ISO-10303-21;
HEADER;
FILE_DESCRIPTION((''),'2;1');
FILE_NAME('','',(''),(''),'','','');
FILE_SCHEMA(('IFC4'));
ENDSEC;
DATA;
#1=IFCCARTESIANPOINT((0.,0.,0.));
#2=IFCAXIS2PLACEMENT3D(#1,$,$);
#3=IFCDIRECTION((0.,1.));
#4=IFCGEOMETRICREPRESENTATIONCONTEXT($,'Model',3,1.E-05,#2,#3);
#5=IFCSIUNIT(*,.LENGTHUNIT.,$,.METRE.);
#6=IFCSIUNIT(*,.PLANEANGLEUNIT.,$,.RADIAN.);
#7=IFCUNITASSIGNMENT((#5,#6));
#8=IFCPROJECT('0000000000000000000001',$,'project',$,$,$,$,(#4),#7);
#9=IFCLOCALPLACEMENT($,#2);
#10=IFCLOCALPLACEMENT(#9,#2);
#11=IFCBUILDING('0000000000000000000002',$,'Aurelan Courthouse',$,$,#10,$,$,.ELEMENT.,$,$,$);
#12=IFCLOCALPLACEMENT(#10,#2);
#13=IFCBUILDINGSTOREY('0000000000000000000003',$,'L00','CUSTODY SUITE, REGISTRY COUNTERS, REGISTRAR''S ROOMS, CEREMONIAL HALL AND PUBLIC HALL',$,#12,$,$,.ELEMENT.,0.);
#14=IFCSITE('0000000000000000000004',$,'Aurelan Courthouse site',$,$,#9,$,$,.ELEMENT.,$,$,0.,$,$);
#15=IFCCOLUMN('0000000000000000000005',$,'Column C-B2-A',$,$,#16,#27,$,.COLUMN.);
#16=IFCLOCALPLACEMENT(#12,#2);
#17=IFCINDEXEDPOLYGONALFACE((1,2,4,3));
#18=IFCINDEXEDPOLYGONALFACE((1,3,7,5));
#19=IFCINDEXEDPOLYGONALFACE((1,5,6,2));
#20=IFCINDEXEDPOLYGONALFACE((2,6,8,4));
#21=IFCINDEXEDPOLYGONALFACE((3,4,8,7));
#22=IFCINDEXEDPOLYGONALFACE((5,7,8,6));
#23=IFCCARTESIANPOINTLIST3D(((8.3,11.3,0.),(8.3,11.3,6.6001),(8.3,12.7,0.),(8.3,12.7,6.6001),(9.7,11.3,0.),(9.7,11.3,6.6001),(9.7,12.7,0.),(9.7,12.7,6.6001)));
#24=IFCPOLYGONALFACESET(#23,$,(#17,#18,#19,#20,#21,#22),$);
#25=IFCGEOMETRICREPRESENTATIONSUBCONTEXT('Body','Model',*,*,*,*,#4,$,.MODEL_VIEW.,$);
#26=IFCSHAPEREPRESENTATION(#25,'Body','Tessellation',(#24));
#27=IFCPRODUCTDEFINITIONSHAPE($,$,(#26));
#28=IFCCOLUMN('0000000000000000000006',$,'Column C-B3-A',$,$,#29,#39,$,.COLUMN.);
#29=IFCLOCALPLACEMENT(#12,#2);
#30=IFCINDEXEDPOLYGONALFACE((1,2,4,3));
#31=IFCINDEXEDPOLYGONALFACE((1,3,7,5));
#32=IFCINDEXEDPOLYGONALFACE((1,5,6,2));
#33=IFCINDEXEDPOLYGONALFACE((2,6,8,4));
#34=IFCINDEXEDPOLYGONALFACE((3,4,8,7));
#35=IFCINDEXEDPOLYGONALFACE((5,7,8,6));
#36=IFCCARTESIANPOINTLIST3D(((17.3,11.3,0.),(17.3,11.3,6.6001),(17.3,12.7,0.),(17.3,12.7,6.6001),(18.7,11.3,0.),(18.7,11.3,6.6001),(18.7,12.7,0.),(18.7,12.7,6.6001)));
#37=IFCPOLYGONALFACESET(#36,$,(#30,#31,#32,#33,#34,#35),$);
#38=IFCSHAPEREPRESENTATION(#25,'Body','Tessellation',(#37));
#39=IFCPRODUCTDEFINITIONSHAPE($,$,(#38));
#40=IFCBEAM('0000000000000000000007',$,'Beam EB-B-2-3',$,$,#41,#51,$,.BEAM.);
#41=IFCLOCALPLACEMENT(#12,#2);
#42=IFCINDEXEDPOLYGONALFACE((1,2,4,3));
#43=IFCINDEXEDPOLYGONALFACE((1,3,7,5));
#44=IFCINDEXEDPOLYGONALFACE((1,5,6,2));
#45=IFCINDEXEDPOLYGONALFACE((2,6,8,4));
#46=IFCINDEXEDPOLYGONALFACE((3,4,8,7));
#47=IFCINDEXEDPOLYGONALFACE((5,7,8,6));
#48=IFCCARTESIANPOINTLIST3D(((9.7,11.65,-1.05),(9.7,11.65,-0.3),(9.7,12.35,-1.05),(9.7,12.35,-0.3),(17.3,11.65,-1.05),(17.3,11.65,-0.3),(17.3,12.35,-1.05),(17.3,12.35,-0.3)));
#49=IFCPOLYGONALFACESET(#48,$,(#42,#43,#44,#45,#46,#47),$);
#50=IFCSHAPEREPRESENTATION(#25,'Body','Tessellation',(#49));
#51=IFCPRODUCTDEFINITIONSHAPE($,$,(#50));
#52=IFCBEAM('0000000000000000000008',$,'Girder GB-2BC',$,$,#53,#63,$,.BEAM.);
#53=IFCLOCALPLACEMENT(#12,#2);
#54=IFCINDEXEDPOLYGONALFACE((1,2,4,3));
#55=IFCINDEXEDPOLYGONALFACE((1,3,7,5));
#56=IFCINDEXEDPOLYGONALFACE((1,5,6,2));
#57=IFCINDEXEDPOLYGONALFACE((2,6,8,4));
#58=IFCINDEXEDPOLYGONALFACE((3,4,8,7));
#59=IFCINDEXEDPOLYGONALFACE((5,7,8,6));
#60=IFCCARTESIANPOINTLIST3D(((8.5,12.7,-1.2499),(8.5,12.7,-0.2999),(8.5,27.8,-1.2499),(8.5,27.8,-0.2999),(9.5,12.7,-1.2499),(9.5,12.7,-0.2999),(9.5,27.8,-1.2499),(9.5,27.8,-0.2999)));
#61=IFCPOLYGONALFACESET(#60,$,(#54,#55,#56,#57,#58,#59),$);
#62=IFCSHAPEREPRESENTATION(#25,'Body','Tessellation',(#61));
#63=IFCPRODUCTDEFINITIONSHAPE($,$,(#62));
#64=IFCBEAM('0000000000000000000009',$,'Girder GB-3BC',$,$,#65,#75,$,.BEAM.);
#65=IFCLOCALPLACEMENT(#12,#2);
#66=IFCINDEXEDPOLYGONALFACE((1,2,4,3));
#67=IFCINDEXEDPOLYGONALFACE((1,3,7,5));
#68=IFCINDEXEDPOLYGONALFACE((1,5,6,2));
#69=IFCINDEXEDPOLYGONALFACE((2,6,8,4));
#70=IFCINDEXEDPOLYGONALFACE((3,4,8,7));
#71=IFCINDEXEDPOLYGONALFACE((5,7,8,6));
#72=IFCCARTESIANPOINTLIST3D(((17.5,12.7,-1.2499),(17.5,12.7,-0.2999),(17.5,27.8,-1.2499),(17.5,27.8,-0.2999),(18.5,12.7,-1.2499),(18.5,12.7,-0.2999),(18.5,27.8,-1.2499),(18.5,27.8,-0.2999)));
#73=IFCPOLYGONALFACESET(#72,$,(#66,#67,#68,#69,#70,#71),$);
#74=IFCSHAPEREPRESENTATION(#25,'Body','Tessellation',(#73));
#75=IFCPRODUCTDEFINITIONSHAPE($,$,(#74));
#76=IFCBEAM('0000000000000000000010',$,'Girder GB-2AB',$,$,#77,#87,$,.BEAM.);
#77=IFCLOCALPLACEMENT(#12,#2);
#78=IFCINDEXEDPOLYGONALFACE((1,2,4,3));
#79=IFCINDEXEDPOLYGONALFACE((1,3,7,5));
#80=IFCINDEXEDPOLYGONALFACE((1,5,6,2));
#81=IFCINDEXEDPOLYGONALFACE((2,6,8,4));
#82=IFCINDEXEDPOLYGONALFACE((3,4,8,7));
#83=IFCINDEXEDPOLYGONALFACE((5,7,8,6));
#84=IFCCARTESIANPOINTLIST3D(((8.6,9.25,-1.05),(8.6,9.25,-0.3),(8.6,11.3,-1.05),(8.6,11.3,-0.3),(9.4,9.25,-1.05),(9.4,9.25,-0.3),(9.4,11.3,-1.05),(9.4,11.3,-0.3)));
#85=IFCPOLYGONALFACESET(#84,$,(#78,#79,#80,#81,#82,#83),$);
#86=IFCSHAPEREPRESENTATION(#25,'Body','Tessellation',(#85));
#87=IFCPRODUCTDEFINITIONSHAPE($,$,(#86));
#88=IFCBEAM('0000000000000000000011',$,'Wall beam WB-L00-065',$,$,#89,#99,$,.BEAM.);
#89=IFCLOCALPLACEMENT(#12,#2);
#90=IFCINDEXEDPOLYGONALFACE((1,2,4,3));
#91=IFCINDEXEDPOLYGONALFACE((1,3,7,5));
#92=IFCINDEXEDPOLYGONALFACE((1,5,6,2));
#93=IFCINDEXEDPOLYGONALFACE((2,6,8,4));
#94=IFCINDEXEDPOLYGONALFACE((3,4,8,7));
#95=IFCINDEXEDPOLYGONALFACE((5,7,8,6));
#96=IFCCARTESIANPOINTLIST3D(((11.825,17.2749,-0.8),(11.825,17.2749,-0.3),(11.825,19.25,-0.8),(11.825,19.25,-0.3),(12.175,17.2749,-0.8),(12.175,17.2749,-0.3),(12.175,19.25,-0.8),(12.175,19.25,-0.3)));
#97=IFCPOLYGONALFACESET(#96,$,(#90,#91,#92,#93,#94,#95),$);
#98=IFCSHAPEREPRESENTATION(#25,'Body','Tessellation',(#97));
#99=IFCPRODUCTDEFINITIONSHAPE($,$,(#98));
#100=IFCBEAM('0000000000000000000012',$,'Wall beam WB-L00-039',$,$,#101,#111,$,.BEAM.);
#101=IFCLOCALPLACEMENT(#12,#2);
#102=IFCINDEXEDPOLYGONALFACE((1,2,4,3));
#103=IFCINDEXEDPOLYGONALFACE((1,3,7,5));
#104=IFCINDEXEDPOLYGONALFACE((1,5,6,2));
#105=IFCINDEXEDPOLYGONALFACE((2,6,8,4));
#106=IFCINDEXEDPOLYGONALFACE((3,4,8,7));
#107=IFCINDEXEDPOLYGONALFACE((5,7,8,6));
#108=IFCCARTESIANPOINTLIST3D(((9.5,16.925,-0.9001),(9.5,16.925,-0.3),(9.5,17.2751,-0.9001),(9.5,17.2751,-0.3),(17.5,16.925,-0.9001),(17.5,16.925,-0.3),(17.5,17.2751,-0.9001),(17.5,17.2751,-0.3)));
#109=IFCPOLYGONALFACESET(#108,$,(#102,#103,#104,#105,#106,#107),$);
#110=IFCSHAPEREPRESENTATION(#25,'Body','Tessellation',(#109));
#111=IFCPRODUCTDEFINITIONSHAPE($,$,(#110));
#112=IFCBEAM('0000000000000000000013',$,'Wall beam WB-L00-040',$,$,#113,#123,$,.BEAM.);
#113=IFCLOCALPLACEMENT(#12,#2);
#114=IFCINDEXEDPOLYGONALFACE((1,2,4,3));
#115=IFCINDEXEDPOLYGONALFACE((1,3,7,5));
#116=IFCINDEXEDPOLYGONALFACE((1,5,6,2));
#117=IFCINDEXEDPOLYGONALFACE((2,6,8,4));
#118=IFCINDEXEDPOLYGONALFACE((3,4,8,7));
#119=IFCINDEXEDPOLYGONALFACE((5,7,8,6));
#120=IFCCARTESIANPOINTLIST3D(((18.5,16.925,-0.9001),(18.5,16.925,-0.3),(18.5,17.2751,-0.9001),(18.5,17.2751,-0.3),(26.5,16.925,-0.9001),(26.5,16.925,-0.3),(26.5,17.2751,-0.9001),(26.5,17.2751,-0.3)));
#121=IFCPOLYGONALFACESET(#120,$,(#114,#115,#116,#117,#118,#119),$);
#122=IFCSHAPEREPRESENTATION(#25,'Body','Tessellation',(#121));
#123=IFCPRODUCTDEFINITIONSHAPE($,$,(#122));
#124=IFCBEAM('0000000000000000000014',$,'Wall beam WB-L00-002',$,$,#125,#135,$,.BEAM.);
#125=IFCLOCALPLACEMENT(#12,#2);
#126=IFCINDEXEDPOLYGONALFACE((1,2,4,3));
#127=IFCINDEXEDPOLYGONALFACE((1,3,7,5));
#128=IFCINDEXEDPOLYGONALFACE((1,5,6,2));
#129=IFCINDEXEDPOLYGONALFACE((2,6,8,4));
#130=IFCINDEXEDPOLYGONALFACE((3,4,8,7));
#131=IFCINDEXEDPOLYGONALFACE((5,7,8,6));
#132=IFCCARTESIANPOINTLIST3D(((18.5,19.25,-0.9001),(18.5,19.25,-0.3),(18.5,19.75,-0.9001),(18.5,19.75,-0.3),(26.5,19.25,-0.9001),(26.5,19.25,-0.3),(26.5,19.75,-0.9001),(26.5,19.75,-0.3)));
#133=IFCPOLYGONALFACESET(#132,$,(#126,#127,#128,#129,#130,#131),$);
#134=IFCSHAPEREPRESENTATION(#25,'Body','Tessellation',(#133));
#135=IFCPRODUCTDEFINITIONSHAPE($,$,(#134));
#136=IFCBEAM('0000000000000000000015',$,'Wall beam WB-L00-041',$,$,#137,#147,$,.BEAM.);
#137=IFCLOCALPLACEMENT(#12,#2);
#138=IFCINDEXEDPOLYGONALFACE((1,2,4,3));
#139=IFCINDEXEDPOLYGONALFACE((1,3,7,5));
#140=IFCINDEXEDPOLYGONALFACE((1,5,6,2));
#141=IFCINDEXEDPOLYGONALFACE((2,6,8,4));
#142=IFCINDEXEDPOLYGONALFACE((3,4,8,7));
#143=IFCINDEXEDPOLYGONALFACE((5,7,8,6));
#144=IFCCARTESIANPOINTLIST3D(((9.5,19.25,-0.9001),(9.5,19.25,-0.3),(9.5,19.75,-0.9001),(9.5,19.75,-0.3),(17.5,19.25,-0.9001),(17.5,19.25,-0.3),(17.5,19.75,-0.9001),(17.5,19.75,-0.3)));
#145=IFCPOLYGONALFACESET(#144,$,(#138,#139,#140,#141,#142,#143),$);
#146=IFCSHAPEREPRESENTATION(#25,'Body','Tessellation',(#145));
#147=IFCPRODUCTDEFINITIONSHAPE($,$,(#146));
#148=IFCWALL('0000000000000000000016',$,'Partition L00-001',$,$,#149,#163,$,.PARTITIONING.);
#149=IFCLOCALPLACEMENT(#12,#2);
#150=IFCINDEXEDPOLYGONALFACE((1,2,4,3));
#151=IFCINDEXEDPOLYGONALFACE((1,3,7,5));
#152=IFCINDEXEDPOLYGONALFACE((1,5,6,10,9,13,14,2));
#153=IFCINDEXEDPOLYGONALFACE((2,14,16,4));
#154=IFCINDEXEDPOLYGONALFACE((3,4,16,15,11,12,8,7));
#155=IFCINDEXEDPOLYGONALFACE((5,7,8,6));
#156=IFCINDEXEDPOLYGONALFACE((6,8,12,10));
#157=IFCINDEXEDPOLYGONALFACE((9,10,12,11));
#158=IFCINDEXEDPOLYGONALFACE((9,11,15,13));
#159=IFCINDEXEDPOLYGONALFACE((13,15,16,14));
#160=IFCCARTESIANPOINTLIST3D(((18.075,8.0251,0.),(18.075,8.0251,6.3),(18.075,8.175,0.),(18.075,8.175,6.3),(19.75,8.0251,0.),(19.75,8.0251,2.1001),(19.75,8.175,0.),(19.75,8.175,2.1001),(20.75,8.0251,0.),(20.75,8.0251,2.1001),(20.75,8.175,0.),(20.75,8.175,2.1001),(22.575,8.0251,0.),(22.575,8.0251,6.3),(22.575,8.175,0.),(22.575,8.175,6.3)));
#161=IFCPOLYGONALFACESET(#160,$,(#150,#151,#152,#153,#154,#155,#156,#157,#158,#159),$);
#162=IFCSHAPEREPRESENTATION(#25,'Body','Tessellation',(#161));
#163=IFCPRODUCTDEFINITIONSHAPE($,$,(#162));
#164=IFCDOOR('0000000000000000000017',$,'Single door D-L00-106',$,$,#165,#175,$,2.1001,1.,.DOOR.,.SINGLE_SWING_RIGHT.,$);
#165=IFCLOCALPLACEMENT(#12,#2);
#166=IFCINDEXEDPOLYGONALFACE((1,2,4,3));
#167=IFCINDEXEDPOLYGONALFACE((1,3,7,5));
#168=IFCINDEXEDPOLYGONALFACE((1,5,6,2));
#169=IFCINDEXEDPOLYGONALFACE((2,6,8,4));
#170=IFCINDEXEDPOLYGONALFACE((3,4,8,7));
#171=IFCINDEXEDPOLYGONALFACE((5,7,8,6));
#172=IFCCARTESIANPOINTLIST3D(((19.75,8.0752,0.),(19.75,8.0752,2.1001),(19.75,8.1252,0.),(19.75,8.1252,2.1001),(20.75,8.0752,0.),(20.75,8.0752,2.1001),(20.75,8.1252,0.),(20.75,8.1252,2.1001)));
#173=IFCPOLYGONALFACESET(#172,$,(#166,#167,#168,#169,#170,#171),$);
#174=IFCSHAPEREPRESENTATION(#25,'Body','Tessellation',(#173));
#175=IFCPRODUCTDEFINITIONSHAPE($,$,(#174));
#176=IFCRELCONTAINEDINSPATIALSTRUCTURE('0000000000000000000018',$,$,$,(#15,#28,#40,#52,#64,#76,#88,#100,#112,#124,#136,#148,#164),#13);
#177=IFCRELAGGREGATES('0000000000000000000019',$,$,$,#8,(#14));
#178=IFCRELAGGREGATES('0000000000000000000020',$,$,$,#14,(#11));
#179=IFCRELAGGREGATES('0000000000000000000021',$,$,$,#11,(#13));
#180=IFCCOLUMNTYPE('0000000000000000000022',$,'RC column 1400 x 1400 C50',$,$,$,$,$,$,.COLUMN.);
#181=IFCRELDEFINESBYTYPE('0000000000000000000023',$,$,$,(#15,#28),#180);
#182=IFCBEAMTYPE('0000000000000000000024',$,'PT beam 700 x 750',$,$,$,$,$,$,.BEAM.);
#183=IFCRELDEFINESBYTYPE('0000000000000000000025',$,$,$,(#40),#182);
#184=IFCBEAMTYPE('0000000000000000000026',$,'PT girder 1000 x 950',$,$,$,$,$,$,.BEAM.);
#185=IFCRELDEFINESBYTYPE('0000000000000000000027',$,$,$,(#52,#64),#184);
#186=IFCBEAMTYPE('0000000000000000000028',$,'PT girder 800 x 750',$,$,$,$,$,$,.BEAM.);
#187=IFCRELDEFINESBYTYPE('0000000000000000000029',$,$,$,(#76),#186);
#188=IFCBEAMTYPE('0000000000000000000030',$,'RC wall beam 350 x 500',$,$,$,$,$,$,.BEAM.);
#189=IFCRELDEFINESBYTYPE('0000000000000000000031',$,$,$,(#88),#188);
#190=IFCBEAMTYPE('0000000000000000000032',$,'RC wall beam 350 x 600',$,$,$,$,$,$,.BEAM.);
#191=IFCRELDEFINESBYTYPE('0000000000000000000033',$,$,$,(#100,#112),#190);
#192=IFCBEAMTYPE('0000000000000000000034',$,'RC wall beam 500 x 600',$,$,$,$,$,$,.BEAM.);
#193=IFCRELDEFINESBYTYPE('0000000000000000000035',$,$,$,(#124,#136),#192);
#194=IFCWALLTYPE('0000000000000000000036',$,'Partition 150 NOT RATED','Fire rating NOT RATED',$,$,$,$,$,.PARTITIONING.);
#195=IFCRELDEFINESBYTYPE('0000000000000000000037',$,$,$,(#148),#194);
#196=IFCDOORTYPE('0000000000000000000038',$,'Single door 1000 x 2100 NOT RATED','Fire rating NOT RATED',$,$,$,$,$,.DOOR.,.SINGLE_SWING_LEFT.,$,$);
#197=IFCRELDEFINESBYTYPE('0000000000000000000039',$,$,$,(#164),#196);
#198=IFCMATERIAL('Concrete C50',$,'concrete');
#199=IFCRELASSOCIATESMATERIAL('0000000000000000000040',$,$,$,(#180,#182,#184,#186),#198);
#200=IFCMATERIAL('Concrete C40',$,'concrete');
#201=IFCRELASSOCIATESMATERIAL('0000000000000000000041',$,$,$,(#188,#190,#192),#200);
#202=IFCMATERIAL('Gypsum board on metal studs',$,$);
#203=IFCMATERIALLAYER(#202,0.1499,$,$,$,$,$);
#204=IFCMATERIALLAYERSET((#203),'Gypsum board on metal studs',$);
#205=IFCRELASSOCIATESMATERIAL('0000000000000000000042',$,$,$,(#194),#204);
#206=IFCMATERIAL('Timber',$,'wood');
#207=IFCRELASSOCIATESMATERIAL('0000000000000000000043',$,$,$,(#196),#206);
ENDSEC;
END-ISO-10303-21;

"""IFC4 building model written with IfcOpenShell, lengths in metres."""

from ifc_helpers import new_model, si_unit, direction, frame, frame_2d, origin, origin_2d, place, context, subcontext, project, spatial, rectangle, extrude, material, layer, layer_set, material_profile, profile_set, type_object, element, fill, save


model = new_model("IFC4")

# Units and contexts
model_context = context("Model", 3, precision=1e-05, world=origin(), true_north=direction((0.0, 1.0)))
body_context = subcontext(model_context, "Body", "Model", "MODEL_VIEW")
ifc_project = project(units=[si_unit("LENGTHUNIT", "METRE"), si_unit("PLANEANGLEUNIT", "RADIAN")], contexts=[model_context])

# Site, building, storey
site_placement = place(None, origin())
site = spatial("IfcSite", under=ifc_project, at=site_placement, Name="Aurelan Courthouse site", CompositionType="ELEMENT", RefElevation=0.0)
building_placement = place(site_placement, origin())
building = spatial("IfcBuilding", under=site, at=building_placement, Name="Aurelan Courthouse", CompositionType="ELEMENT")
storey_placement = place(building_placement, origin())
storey = spatial("IfcBuildingStorey", under=building, at=storey_placement, Name="L00", Description="CUSTODY SUITE, REGISTRY COUNTERS, REGISTRAR'S ROOMS, CEREMONIAL HALL AND PUBLIC HALL", CompositionType="ELEMENT", Elevation=0.0)

# Columns
ifc_material_1 = material(Name="Concrete C50", Category="concrete")
ifc_material_profile_1 = material_profile(ifc_material_1, rectangle(XDim=1.3999, YDim=1.3999, at=origin_2d()), Name="RC 1400 x 1400")
ifc_profile_set_1 = profile_set([ifc_material_profile_1], Name="Concrete C50")
column_type = type_object("IfcColumnType", Name="RC column 1400 x 1400 C50", PredefinedType="COLUMN", material=ifc_profile_set_1)
for number, where, z_axis, x_axis, name in (
    (1, (9.0, 12.0, 0.0), (0.0, 0.0, 1.0), (1.0, 0.0, 0.0), "Column C-B2-A"),
    (2, (18.0, 12.0, 0.0), (0.0, 0.0, 1.0), (1.0, 0.0, 0.0), "Column C-B3-A"),
):
    element("IfcColumn", number, at=place(storey_placement, frame(where, z_axis=z_axis, x_axis=x_axis)), inside=storey, type_object=column_type, Name=name, PredefinedType="COLUMN", context=body_context, shape_type="SweptSolid", body=[
        extrude(rectangle(XDim=1.3999, YDim=1.3999, at=origin_2d()), origin(), (0.0, 0.0, 1.0), 6.6001),
    ])

# Beams
ifc_material_profile_2 = material_profile(ifc_material_1, rectangle(XDim=0.7, YDim=0.75, at=origin_2d()), Name="RC 700 x 750")
ifc_profile_set_2 = profile_set([ifc_material_profile_2], Name="Concrete C50")
beam_type_1 = type_object("IfcBeamType", Name="PT beam 700 x 750", PredefinedType="BEAM", material=ifc_profile_set_2)
beam_1_placement = place(storey_placement, frame((9.7, 12.0, -0.675), z_axis=(1.0, 0.0, 0.0), x_axis=(0.0, 1.0, 0.0)))
element("IfcBeam", 3, at=beam_1_placement, inside=storey, type_object=beam_type_1, Name="Beam EB-B-2-3", PredefinedType="BEAM", context=body_context, shape_type="SweptSolid", body=[
    extrude(rectangle(XDim=0.7, YDim=0.75, at=origin_2d()), origin(), (0.0, 0.0, 1.0), 7.6001),
])
ifc_material_profile_3 = material_profile(ifc_material_1, rectangle(XDim=1.0, YDim=0.95, at=origin_2d()), Name="RC 1000 x 950")
ifc_profile_set_3 = profile_set([ifc_material_profile_3], Name="Concrete C50")
beam_type_2 = type_object("IfcBeamType", Name="PT girder 1000 x 950", PredefinedType="BEAM", material=ifc_profile_set_3)
for number, where, z_axis, x_axis, name in (
    (4, (9.0, 12.7, -0.7749), (0.0, 1.0, 0.0), (-1.0, 0.0, 0.0), "Girder GB-2BC"),
    (5, (18.0, 12.7, -0.7749), (0.0, 1.0, 0.0), (-1.0, 0.0, 0.0), "Girder GB-3BC"),
):
    element("IfcBeam", number, at=place(storey_placement, frame(where, z_axis=z_axis, x_axis=x_axis)), inside=storey, type_object=beam_type_2, Name=name, PredefinedType="BEAM", context=body_context, shape_type="SweptSolid", body=[
        extrude(rectangle(XDim=1.0, YDim=0.95, at=origin_2d()), origin(), (0.0, 0.0, 1.0), 15.1001),
    ])
ifc_material_profile_4 = material_profile(ifc_material_1, rectangle(XDim=0.8, YDim=0.75, at=origin_2d()), Name="RC 800 x 750")
ifc_profile_set_4 = profile_set([ifc_material_profile_4], Name="Concrete C50")
beam_type_3 = type_object("IfcBeamType", Name="PT girder 800 x 750", PredefinedType="BEAM", material=ifc_profile_set_4)
beam_2_placement = place(storey_placement, frame((9.0, 9.25, -0.675), z_axis=(0.0, 1.0, 0.0), x_axis=(-1.0, 0.0, 0.0)))
element("IfcBeam", 6, at=beam_2_placement, inside=storey, type_object=beam_type_3, Name="Girder GB-2AB", PredefinedType="BEAM", context=body_context, shape_type="SweptSolid", body=[
    extrude(rectangle(XDim=0.8, YDim=0.75, at=origin_2d()), origin(), (0.0, 0.0, 1.0), 2.05),
])
ifc_material_2 = material(Name="Concrete C40", Category="concrete")
ifc_material_profile_5 = material_profile(ifc_material_2, rectangle(XDim=0.3501, YDim=0.5, at=origin_2d()), Name="RC 350 x 500")
ifc_profile_set_5 = profile_set([ifc_material_profile_5], Name="Concrete C40")
beam_type_4 = type_object("IfcBeamType", Name="RC wall beam 350 x 500", PredefinedType="BEAM", material=ifc_profile_set_5)
beam_3_placement = place(storey_placement, frame((12.0, 17.2749, -0.55), z_axis=(0.0, 1.0, 0.0), x_axis=(-1.0, 0.0, 0.0)))
element("IfcBeam", 7, at=beam_3_placement, inside=storey, type_object=beam_type_4, Name="Wall beam WB-L00-065", PredefinedType="BEAM", context=body_context, shape_type="SweptSolid", body=[
    extrude(rectangle(XDim=0.3501, YDim=0.5, at=origin_2d()), origin(), (0.0, 0.0, 1.0), 1.9751),
])
ifc_material_profile_6 = material_profile(ifc_material_2, rectangle(XDim=0.3501, YDim=0.6001, at=origin_2d()), Name="RC 350 x 600")
ifc_profile_set_6 = profile_set([ifc_material_profile_6], Name="Concrete C40")
beam_type_5 = type_object("IfcBeamType", Name="RC wall beam 350 x 600", PredefinedType="BEAM", material=ifc_profile_set_6)
for number, where, z_axis, x_axis, name in (
    (8, (9.5, 17.1001, -0.6001), (1.0, 0.0, 0.0), (0.0, 1.0, 0.0), "Wall beam WB-L00-039"),
    (9, (18.5, 17.1001, -0.6001), (1.0, 0.0, 0.0), (0.0, 1.0, 0.0), "Wall beam WB-L00-040"),
):
    element("IfcBeam", number, at=place(storey_placement, frame(where, z_axis=z_axis, x_axis=x_axis)), inside=storey, type_object=beam_type_5, Name=name, PredefinedType="BEAM", context=body_context, shape_type="SweptSolid", body=[
        extrude(rectangle(XDim=0.3501, YDim=0.6001, at=origin_2d()), origin(), (0.0, 0.0, 1.0), 8.0),
    ])
ifc_material_profile_7 = material_profile(ifc_material_2, rectangle(XDim=0.5, YDim=0.6001, at=origin_2d()), Name="RC 500 x 600")
ifc_profile_set_7 = profile_set([ifc_material_profile_7], Name="Concrete C40")
beam_type_6 = type_object("IfcBeamType", Name="RC wall beam 500 x 600", PredefinedType="BEAM", material=ifc_profile_set_7)
for number, where, z_axis, x_axis, name in (
    (10, (18.5, 19.5, -0.6001), (1.0, 0.0, 0.0), (0.0, 1.0, 0.0), "Wall beam WB-L00-002"),
    (11, (9.5, 19.5, -0.6001), (1.0, 0.0, 0.0), (0.0, 1.0, 0.0), "Wall beam WB-L00-041"),
):
    element("IfcBeam", number, at=place(storey_placement, frame(where, z_axis=z_axis, x_axis=x_axis)), inside=storey, type_object=beam_type_6, Name=name, PredefinedType="BEAM", context=body_context, shape_type="SweptSolid", body=[
        extrude(rectangle(XDim=0.5, YDim=0.6001, at=origin_2d()), origin(), (0.0, 0.0, 1.0), 8.0),
    ])

# Wall, opening, door
ifc_material_3 = material(Name="Gypsum board on metal studs")
ifc_layer_1 = layer(ifc_material_3, 0.1499)
ifc_layer_set_1 = layer_set([ifc_layer_1], Name="Gypsum board on metal studs")
wall_type_1 = type_object("IfcWallType", Name="Partition 150 NOT RATED", Description="Fire rating NOT RATED", PredefinedType="PARTITIONING", material=ifc_layer_set_1)
wall_1_placement = place(storey_placement, frame((18.075, 8.1001, 0.0), z_axis=(0.0, 0.0, 1.0), x_axis=(1.0, 0.0, 0.0)))
wall_1 = element("IfcWall", 12, at=wall_1_placement, inside=storey, type_object=wall_type_1, Name="Partition L00-001", PredefinedType="PARTITIONING", context=body_context, shape_type="SweptSolid", body=[
    extrude(rectangle(XDim=4.5, YDim=0.1499, at=frame_2d((2.25, 0.0))), origin(), (0.0, 0.0, 1.0), 6.3),
])
opening_1_placement = place(wall_1_placement, frame((2.675, 0.0, 0.0), z_axis=(0.0, 0.0, 1.0), x_axis=(-1.0, 0.0, 0.0)))
opening_1 = element("IfcOpeningElement", 13, at=opening_1_placement, cuts=wall_1, PredefinedType="OPENING", context=body_context, shape_type="SweptSolid", body=[
    extrude(rectangle(XDim=1.0, YDim=2.1001, at=frame_2d((0.5, 1.05))), frame((0.0, 0.085, 0.0), z_axis=(0.0, -1.0, 0.0), x_axis=(1.0, 0.0, 0.0)), (0.0, 0.0, 1.0), 0.1699),
])
ifc_material_4 = material(Name="Timber", Category="wood")
door_type_1 = type_object("IfcDoorType", Name="Single door 1000 x 2100 NOT RATED", Description="Fire rating NOT RATED", OperationType="SINGLE_SWING_LEFT", PredefinedType="DOOR", material=ifc_material_4)
door_1_placement = place(opening_1_placement, origin())
door_1 = element("IfcDoor", 14, at=door_1_placement, inside=storey, type_object=door_type_1, Name="Single door D-L00-106", OperationType="SINGLE_SWING_RIGHT", OverallHeight=2.1001, OverallWidth=1.0, PredefinedType="DOOR", context=body_context, shape_type="SweptSolid", body=[
    extrude(rectangle(XDim=1.0, YDim=2.1001, at=frame_2d((0.5, 1.05))), frame((0.0, 0.0249, 0.0), z_axis=(0.0, -1.0, 0.0), x_axis=(1.0, 0.0, 0.0)), (0.0, 0.0, 1.0), 0.05),
])
fill(opening_1, door_1)

save(model, "model.ifc")
